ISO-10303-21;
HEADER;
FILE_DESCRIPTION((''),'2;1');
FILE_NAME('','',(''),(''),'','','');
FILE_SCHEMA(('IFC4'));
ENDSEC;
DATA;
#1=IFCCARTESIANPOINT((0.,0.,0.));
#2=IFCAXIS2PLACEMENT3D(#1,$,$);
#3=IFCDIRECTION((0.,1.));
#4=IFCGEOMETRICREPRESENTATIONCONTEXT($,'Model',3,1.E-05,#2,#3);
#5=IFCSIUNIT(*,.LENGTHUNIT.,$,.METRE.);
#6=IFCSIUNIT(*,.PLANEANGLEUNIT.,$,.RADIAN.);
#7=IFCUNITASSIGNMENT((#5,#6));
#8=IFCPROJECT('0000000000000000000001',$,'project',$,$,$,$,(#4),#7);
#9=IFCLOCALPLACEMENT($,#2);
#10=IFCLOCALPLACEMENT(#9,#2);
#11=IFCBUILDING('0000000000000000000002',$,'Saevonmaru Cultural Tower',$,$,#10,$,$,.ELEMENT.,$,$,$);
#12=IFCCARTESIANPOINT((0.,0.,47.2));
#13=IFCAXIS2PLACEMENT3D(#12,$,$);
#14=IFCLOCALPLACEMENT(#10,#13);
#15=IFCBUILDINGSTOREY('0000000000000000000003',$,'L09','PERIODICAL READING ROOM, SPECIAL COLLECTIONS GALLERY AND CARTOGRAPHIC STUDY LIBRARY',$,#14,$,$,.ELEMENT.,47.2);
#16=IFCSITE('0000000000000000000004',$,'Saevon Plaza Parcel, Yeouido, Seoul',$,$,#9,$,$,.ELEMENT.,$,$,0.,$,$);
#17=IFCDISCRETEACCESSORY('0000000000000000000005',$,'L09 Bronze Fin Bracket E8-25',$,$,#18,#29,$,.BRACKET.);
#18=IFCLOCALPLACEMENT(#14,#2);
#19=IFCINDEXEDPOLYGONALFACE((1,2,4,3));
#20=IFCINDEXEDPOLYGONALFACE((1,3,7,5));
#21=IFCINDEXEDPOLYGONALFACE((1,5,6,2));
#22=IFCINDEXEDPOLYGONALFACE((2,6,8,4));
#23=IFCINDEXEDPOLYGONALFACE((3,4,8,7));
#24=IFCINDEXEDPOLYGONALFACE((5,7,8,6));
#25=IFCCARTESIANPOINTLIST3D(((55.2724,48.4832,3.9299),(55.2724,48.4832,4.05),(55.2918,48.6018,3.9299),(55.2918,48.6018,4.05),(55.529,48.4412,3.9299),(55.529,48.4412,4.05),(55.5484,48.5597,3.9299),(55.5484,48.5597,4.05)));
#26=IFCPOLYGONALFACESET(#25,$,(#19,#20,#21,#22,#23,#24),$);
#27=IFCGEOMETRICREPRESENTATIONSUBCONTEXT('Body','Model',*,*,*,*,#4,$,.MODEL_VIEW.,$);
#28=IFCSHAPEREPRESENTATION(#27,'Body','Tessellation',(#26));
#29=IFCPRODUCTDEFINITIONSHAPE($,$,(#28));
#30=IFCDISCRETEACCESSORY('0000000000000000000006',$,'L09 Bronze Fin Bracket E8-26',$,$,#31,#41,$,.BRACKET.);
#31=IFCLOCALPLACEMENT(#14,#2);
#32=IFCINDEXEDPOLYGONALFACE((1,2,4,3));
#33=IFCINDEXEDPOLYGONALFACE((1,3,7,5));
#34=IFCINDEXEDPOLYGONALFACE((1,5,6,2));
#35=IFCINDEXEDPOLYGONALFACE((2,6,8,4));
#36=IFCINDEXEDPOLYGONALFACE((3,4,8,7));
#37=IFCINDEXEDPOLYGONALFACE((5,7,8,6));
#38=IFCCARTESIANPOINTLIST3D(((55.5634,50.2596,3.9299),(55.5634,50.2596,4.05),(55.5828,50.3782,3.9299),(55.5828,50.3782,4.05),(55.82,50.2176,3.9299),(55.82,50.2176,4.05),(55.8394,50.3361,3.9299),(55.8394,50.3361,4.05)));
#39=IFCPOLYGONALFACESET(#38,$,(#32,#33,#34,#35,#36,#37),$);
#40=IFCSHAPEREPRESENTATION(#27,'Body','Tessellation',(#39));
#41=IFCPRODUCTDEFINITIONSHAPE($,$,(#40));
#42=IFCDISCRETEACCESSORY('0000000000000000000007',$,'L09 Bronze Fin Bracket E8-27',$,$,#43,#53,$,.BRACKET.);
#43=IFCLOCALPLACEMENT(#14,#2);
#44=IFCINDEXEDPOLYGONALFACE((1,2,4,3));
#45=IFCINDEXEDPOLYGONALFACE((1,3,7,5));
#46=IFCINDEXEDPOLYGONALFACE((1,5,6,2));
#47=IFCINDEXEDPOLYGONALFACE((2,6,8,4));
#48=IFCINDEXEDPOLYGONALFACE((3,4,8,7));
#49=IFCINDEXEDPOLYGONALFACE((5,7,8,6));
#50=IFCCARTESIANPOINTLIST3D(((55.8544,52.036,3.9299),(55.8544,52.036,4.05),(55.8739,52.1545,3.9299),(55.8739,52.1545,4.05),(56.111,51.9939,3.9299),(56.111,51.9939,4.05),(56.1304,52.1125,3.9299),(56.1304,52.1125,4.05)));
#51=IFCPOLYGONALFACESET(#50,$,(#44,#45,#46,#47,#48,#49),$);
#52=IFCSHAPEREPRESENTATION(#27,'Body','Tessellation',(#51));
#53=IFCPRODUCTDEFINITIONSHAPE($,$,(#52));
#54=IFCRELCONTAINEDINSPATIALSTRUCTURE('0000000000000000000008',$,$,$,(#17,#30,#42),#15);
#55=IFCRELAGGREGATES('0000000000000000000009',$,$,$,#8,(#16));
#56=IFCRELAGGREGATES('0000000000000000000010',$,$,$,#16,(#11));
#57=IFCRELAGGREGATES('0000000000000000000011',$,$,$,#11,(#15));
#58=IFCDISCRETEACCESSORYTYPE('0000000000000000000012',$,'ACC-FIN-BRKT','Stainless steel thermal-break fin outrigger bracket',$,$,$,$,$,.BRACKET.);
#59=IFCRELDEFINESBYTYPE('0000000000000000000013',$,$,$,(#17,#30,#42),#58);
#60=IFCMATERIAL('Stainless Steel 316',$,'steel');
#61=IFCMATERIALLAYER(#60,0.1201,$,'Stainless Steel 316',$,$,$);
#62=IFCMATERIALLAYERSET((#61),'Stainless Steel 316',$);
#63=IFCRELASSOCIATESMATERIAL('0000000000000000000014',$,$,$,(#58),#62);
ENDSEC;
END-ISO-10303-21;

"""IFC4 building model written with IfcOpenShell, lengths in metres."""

from ifc_helpers import new_model, si_unit, direction, frame, origin, origin_2d, place, context, subcontext, project, spatial, rectangle, extrude, material, layer, layer_set, type_object, element, save


model = new_model("IFC4")

# Units and contexts
model_context = context("Model", 3, precision=1e-05, world=origin(), true_north=direction((0.0, 1.0)))
body_context = subcontext(model_context, "Body", "Model", "MODEL_VIEW")
ifc_project = project(units=[si_unit("LENGTHUNIT", "METRE"), si_unit("PLANEANGLEUNIT", "RADIAN")], contexts=[model_context])

# Site, building, storey
site_placement = place(None, origin())
site = spatial("IfcSite", under=ifc_project, at=site_placement, Name="Saevon Plaza Parcel, Yeouido, Seoul", CompositionType="ELEMENT", RefElevation=0.0)
building_placement = place(site_placement, origin())
building = spatial("IfcBuilding", under=site, at=building_placement, Name="Saevonmaru Cultural Tower", CompositionType="ELEMENT")
storey_placement = place(building_placement, frame((0.0, 0.0, 47.2)))
storey = spatial("IfcBuildingStorey", under=building, at=storey_placement, Name="L09", Description="PERIODICAL READING ROOM, SPECIAL COLLECTIONS GALLERY AND CARTOGRAPHIC STUDY LIBRARY", CompositionType="ELEMENT", Elevation=47.2)

# Discrete accessories
ifc_material_1 = material(Name="Stainless Steel 316", Category="steel")
ifc_layer_1 = layer(ifc_material_1, 0.1201, Name="Stainless Steel 316")
ifc_layer_set_1 = layer_set([ifc_layer_1], Name="Stainless Steel 316")
discrete_accessory_type = type_object("IfcDiscreteAccessoryType", Name="ACC-FIN-BRKT", Description="Stainless steel thermal-break fin outrigger bracket", PredefinedType="BRACKET", material=ifc_layer_set_1)
for number, where, z_axis, x_axis, name in (
    (1, (55.4104, 48.5215, 3.9299), (0.0, 0.0, 1.0), (0.986827, -0.161776, 0.0), "L09 Bronze Fin Bracket E8-25"),
    (2, (55.7014, 50.2979, 3.9299), (0.0, 0.0, 1.0), (0.986827, -0.161776, 0.0), "L09 Bronze Fin Bracket E8-26"),
    (3, (55.9924, 52.0742, 3.9299), (0.0, 0.0, 1.0), (0.986827, -0.161776, 0.0), "L09 Bronze Fin Bracket E8-27"),
):
    element("IfcDiscreteAccessory", number, at=place(storey_placement, frame(where, z_axis=z_axis, x_axis=x_axis)), inside=storey, type_object=discrete_accessory_type, Name=name, PredefinedType="BRACKET", context=body_context, shape_type="SweptSolid", body=[
        extrude(rectangle(XDim=0.26, YDim=0.1201, at=origin_2d()), origin(), (0.0, 0.0, 1.0), 0.1201),
    ])

save(model, "model.ifc")
